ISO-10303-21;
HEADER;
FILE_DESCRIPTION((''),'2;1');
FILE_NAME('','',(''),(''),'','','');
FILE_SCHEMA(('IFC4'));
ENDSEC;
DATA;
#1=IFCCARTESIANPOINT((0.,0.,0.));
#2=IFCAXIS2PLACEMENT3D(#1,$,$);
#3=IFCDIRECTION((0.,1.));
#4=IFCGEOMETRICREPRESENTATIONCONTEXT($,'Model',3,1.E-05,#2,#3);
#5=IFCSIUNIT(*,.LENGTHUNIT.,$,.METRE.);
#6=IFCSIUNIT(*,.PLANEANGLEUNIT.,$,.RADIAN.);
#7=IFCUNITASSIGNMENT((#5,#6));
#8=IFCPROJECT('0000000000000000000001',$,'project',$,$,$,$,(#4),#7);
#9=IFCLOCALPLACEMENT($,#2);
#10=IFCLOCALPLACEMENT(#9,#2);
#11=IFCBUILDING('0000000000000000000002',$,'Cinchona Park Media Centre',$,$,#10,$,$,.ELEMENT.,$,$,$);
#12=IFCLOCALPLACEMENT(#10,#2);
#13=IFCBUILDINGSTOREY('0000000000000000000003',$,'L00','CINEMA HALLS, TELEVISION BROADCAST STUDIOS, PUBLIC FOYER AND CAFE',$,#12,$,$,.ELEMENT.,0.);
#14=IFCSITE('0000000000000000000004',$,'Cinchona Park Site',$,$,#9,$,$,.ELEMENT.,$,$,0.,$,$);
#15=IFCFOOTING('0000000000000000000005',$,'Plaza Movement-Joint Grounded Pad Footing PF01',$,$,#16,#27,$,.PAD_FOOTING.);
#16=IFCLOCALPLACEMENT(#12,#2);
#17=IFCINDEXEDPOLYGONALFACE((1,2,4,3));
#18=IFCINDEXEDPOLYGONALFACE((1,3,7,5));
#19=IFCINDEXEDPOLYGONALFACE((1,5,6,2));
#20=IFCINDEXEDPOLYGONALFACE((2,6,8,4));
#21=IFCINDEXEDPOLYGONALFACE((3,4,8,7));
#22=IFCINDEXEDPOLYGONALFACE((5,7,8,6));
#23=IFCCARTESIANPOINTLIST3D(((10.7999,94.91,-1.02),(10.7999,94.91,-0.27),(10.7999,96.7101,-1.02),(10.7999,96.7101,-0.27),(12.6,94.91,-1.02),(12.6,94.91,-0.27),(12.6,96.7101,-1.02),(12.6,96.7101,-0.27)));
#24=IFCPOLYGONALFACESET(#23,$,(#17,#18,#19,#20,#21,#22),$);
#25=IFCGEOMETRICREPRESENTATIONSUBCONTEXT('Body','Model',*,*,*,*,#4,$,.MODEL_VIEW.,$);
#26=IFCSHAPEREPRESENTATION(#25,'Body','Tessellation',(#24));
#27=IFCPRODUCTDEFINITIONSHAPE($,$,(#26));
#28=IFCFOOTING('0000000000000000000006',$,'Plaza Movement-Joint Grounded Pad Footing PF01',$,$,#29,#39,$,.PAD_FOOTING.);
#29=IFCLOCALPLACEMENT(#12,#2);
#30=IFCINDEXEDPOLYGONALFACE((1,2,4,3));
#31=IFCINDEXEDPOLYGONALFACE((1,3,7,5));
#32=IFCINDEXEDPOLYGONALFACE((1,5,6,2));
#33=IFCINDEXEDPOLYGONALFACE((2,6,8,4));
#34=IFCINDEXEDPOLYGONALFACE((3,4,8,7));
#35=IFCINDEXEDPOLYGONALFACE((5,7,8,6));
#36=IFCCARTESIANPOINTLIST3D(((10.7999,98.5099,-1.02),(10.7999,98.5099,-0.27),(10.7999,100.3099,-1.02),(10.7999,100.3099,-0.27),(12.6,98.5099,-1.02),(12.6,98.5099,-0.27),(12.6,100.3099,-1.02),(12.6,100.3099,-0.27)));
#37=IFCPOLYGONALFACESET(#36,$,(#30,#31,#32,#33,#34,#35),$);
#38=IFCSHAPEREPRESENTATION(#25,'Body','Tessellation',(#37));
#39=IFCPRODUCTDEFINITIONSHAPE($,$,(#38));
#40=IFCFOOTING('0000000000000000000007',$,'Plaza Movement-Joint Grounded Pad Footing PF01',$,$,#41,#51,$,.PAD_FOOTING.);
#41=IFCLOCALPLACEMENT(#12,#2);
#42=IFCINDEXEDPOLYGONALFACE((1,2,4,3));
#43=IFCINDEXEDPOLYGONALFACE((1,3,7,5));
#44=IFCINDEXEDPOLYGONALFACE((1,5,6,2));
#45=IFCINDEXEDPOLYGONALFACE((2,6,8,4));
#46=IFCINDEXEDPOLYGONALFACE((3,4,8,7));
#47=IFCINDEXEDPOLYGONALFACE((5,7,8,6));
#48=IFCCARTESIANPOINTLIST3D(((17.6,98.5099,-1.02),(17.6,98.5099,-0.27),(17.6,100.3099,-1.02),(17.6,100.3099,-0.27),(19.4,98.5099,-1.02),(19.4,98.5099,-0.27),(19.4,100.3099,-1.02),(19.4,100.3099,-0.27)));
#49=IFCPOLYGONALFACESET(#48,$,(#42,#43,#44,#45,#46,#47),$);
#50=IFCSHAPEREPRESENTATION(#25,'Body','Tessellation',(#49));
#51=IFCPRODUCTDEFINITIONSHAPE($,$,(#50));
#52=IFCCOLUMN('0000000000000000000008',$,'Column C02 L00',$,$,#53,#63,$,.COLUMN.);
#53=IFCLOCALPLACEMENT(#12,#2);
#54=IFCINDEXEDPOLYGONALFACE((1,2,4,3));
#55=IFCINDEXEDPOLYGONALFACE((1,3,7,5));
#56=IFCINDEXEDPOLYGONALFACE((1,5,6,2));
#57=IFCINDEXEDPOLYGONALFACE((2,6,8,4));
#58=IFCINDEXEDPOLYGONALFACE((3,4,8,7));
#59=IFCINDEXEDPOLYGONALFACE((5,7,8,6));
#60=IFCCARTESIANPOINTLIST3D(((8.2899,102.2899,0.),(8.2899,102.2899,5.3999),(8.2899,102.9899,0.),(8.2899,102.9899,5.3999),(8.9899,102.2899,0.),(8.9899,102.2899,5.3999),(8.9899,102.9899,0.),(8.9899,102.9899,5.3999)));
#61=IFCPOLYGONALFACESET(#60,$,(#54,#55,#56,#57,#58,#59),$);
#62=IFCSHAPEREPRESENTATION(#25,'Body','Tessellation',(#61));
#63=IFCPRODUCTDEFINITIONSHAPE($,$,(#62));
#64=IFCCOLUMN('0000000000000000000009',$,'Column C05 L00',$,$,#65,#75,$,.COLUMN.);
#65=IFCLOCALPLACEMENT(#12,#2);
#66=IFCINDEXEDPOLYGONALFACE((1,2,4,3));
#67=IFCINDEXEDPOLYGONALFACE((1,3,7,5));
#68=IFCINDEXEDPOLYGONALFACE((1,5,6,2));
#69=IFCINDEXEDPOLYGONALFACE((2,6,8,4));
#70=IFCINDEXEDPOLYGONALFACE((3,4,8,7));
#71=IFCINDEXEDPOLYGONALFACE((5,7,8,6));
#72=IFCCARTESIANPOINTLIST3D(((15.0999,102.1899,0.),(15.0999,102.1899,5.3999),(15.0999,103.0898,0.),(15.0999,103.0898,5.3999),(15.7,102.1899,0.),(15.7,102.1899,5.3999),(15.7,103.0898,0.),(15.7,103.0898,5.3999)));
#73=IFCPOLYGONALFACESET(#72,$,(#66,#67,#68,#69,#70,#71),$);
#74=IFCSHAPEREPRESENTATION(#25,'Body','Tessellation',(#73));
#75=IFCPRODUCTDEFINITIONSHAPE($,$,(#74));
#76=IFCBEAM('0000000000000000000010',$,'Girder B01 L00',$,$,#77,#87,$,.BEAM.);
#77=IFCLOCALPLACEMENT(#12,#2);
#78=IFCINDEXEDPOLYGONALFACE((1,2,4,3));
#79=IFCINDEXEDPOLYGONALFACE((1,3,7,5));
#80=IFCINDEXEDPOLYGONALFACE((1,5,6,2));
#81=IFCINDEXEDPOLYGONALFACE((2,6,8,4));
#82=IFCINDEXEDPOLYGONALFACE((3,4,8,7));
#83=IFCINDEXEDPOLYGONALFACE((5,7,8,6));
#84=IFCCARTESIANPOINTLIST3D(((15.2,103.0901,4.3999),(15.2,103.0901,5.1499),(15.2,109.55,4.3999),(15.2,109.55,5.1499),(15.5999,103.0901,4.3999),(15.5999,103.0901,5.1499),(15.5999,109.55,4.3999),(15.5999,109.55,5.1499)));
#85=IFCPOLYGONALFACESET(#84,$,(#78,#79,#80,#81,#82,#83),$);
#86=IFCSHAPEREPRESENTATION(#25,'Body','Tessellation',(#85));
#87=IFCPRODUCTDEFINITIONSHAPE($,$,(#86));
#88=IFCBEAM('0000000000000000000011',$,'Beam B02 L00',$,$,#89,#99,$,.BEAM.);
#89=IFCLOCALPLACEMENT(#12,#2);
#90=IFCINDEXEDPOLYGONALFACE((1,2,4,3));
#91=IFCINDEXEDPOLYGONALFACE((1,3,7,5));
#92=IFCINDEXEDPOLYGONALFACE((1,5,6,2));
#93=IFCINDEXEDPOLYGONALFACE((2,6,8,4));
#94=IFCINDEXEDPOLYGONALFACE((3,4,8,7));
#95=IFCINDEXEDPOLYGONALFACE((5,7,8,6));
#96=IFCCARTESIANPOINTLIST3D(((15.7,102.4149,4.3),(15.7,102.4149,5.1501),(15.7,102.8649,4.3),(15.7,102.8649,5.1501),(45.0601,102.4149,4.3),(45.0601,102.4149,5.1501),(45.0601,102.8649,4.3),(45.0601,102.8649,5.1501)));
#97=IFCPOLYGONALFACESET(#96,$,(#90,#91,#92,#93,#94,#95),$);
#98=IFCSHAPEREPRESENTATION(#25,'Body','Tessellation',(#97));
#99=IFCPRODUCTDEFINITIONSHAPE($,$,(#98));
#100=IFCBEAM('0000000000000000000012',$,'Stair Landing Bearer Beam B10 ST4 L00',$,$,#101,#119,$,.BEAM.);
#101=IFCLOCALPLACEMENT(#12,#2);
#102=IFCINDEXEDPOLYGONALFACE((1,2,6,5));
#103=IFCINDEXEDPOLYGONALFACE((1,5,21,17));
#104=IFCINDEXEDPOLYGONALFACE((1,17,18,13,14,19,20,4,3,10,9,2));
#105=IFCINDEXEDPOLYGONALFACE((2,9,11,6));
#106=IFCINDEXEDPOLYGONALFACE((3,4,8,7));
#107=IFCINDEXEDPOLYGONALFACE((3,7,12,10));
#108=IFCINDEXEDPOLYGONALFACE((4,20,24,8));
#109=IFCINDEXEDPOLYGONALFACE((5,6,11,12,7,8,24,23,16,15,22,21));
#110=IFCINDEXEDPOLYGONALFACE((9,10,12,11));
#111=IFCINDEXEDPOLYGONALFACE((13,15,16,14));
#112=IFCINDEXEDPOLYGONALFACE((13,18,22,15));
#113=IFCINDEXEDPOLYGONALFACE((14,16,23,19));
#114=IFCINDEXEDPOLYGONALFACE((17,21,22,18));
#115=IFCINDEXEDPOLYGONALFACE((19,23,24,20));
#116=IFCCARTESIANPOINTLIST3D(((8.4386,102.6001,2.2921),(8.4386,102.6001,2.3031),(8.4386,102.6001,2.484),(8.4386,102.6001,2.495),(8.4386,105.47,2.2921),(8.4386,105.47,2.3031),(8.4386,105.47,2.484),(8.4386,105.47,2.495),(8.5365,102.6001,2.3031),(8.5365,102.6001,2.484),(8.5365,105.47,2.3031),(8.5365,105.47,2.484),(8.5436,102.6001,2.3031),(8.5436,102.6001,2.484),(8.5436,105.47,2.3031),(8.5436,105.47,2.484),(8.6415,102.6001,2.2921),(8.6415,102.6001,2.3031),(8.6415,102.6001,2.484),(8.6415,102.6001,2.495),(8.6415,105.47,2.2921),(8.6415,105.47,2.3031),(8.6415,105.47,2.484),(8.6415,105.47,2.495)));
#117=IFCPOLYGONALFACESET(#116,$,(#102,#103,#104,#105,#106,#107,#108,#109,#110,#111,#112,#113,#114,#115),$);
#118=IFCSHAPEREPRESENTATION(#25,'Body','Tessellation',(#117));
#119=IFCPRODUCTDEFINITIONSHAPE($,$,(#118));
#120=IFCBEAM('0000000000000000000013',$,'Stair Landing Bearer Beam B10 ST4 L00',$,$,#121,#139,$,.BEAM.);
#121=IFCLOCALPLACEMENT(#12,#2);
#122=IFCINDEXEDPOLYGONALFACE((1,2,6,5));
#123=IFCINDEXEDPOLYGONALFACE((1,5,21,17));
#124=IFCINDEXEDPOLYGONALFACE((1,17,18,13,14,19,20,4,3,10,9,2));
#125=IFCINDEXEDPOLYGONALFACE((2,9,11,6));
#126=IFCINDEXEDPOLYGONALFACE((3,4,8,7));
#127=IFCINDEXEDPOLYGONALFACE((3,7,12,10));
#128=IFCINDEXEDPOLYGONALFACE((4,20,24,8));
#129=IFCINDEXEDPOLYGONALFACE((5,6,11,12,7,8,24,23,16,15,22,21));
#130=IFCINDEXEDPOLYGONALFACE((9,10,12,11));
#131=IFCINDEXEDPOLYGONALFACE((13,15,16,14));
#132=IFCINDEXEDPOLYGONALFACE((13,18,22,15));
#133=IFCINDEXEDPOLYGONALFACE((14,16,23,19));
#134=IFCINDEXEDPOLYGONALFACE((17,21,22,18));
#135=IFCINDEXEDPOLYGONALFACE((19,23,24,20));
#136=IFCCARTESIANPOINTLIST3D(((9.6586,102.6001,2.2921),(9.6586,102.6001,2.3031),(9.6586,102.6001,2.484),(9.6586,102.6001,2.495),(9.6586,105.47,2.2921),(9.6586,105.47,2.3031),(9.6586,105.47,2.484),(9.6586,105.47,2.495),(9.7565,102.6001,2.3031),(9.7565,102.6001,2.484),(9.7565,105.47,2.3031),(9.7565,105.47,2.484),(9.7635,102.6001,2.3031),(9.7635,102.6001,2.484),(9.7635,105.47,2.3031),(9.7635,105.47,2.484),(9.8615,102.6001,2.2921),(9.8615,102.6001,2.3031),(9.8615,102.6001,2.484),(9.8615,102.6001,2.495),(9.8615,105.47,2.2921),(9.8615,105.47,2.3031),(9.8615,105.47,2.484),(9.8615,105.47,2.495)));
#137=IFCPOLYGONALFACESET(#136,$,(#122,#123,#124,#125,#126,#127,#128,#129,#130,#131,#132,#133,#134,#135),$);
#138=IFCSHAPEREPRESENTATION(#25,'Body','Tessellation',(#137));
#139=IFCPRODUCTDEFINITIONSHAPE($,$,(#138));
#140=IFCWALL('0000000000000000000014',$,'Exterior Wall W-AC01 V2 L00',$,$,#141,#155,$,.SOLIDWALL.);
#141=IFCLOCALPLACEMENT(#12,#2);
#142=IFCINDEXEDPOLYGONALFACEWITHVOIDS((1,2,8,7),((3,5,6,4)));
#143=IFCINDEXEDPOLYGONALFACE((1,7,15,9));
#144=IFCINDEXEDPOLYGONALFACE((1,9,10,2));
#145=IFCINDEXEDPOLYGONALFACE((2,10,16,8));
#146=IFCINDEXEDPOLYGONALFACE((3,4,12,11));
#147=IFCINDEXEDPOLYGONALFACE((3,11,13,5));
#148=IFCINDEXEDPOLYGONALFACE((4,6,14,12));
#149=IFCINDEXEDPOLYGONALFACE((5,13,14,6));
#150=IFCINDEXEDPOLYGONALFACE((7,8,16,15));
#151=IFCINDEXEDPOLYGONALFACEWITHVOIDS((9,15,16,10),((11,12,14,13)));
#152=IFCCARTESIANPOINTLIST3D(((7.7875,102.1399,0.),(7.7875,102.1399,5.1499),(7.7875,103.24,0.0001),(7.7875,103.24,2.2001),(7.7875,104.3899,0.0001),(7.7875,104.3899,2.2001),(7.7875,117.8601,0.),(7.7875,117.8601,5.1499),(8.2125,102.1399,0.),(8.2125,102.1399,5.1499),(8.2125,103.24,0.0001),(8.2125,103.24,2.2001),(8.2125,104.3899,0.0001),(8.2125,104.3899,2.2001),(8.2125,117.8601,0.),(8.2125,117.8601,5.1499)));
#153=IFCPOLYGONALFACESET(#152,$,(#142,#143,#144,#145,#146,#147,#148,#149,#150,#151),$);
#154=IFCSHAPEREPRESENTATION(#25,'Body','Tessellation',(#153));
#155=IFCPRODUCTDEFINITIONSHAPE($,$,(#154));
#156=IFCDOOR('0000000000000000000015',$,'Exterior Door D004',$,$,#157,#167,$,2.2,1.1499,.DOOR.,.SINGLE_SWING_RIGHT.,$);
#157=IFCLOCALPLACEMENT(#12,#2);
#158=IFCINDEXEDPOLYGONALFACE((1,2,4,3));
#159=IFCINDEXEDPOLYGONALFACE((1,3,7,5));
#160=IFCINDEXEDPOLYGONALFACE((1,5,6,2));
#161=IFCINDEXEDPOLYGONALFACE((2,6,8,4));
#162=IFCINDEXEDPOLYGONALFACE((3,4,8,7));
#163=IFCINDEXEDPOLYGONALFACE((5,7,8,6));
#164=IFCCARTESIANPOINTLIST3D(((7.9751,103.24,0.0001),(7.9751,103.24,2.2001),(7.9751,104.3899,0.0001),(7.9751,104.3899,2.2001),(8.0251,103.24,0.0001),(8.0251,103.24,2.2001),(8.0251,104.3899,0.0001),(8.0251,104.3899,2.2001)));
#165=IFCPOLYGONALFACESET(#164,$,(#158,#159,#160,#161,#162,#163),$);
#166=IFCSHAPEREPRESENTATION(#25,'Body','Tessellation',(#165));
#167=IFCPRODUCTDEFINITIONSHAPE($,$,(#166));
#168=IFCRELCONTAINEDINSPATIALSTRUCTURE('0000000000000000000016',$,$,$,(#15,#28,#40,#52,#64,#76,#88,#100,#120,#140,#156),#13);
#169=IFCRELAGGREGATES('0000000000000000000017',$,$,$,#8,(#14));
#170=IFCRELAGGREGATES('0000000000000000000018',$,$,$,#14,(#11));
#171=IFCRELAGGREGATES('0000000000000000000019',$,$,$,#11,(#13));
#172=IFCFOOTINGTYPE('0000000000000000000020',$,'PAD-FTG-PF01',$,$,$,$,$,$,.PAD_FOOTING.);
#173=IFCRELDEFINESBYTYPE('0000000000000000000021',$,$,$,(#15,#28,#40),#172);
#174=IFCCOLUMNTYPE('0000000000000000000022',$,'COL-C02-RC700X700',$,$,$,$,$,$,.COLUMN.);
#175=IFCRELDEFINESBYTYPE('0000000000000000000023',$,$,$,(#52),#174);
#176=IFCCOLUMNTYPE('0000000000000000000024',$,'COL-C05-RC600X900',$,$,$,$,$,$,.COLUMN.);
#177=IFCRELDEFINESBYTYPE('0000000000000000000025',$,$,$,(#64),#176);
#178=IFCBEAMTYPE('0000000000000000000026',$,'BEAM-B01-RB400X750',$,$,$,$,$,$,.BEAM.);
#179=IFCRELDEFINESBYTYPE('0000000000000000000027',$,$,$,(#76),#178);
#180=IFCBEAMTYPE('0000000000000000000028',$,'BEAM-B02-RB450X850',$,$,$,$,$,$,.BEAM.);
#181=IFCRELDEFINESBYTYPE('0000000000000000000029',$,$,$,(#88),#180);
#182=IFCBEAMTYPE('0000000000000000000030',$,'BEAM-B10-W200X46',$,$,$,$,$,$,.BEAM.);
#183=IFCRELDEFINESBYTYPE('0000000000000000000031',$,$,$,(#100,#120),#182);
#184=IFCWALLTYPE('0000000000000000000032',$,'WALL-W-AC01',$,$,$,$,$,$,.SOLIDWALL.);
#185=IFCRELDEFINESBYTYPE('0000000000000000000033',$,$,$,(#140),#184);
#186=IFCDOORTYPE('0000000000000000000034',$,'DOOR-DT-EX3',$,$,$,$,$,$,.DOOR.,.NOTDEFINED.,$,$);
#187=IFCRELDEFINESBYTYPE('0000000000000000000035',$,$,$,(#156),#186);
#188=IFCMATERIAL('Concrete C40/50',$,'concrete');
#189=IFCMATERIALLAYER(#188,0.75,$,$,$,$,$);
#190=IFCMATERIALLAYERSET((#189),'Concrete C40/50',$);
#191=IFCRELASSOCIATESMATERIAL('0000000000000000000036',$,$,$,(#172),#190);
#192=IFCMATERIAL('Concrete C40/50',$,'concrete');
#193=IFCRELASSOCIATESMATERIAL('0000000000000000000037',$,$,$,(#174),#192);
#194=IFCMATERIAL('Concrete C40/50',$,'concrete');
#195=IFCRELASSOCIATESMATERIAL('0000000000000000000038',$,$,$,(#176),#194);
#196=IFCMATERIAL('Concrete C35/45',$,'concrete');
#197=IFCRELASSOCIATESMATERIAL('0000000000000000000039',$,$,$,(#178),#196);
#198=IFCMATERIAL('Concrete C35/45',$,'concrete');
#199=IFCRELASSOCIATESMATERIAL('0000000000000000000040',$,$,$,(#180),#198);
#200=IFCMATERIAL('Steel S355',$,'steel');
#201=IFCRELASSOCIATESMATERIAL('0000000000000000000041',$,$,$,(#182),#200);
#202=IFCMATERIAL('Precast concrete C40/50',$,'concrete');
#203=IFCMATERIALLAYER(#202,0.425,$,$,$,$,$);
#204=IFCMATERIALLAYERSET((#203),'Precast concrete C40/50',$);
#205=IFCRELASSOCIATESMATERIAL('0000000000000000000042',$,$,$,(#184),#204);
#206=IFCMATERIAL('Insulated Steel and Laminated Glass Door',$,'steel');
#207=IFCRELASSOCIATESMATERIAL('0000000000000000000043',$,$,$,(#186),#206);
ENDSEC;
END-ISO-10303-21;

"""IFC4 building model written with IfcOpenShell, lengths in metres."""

from ifc_helpers import new_model, si_unit, direction, frame, frame_2d, origin, origin_2d, place, context, subcontext, project, spatial, rectangle, i_section, extrude, material, layer, layer_set, material_profile, profile_set, type_object, element, fill, save


model = new_model("IFC4")

# Units and contexts
model_context = context("Model", 3, precision=1e-05, world=origin(), true_north=direction((0.0, 1.0)))
body_context = subcontext(model_context, "Body", "Model", "MODEL_VIEW")
ifc_project = project(units=[si_unit("LENGTHUNIT", "METRE"), si_unit("PLANEANGLEUNIT", "RADIAN")], contexts=[model_context])

# Site, building, storey
site_placement = place(None, origin())
site = spatial("IfcSite", under=ifc_project, at=site_placement, Name="Cinchona Park Site", CompositionType="ELEMENT", RefElevation=0.0)
building_placement = place(site_placement, origin())
building = spatial("IfcBuilding", under=site, at=building_placement, Name="Cinchona Park Media Centre", CompositionType="ELEMENT")
storey_placement = place(building_placement, origin())
storey = spatial("IfcBuildingStorey", under=building, at=storey_placement, Name="L00", Description="CINEMA HALLS, TELEVISION BROADCAST STUDIOS, PUBLIC FOYER AND CAFE", CompositionType="ELEMENT", Elevation=0.0)

# Footings
ifc_material_1 = material(Name="Concrete C40/50", Category="concrete")
ifc_layer_1 = layer(ifc_material_1, 0.75)
ifc_layer_set_1 = layer_set([ifc_layer_1], Name="Concrete C40/50")
footing_type = type_object("IfcFootingType", Name="PAD-FTG-PF01", PredefinedType="PAD_FOOTING", material=ifc_layer_set_1)
for number, where, z_axis, x_axis, name in (
    (1, (11.7, 95.8101, -1.02), (0.0, 0.0, 1.0), (1.0, 0.0, 0.0), "Plaza Movement-Joint Grounded Pad Footing PF01"),
    (2, (11.7, 99.4099, -1.02), (0.0, 0.0, 1.0), (1.0, 0.0, 0.0), "Plaza Movement-Joint Grounded Pad Footing PF01"),
    (3, (18.5, 99.4099, -1.02), (0.0, 0.0, 1.0), (1.0, 0.0, 0.0), "Plaza Movement-Joint Grounded Pad Footing PF01"),
):
    element("IfcFooting", number, at=place(storey_placement, frame(where, z_axis=z_axis, x_axis=x_axis)), inside=storey, type_object=footing_type, Name=name, PredefinedType="PAD_FOOTING", context=body_context, shape_type="SweptSolid", body=[
        extrude(rectangle(XDim=1.8, YDim=1.8, at=origin_2d()), origin(), (0.0, 0.0, 1.0), 0.75),
    ])

# Columns
ifc_material_2 = material(Name="Concrete C40/50", Category="concrete")
ifc_material_profile_1 = material_profile(ifc_material_2, rectangle(XDim=0.7, YDim=0.7, at=origin_2d()), Name="RC 700X700")
ifc_profile_set_1 = profile_set([ifc_material_profile_1], Name="Concrete C40/50")
column_type_1 = type_object("IfcColumnType", Name="COL-C02-RC700X700", PredefinedType="COLUMN", material=ifc_profile_set_1)
column_1_placement = place(storey_placement, frame((8.6399, 102.6399, 0.0), z_axis=(0.0, 0.0, 1.0), x_axis=(1.0, 0.0, 0.0)))
element("IfcColumn", 4, at=column_1_placement, inside=storey, type_object=column_type_1, Name="Column C02 L00", PredefinedType="COLUMN", context=body_context, shape_type="SweptSolid", body=[
    extrude(rectangle(XDim=0.7, YDim=0.7, at=origin_2d()), origin(), (0.0, 0.0, 1.0), 5.3999),
])
ifc_material_3 = material(Name="Concrete C40/50", Category="concrete")
ifc_material_profile_2 = material_profile(ifc_material_3, rectangle(XDim=0.6001, YDim=0.8999, at=origin_2d()), Name="RC 600X900")
ifc_profile_set_2 = profile_set([ifc_material_profile_2], Name="Concrete C40/50")
column_type_2 = type_object("IfcColumnType", Name="COL-C05-RC600X900", PredefinedType="COLUMN", material=ifc_profile_set_2)
column_2_placement = place(storey_placement, frame((15.3999, 102.6399, 0.0), z_axis=(0.0, 0.0, 1.0), x_axis=(1.0, 0.0, 0.0)))
element("IfcColumn", 5, at=column_2_placement, inside=storey, type_object=column_type_2, Name="Column C05 L00", PredefinedType="COLUMN", context=body_context, shape_type="SweptSolid", body=[
    extrude(rectangle(XDim=0.6001, YDim=0.8999, at=origin_2d()), origin(), (0.0, 0.0, 1.0), 5.3999),
])

# Beams
ifc_material_4 = material(Name="Concrete C35/45", Category="concrete")
ifc_material_profile_3 = material_profile(ifc_material_4, rectangle(XDim=0.3999, YDim=0.75, at=origin_2d()), Name="RB 400X750")
ifc_profile_set_3 = profile_set([ifc_material_profile_3], Name="Concrete C35/45")
beam_type_1 = type_object("IfcBeamType", Name="BEAM-B01-RB400X750", PredefinedType="BEAM", material=ifc_profile_set_3)
beam_1_placement = place(storey_placement, frame((15.3999, 103.0901, 4.7749), z_axis=(0.0, 1.0, 0.0), x_axis=(-1.0, 0.0, 0.0)))
element("IfcBeam", 6, at=beam_1_placement, inside=storey, type_object=beam_type_1, Name="Girder B01 L00", PredefinedType="BEAM", context=body_context, shape_type="SweptSolid", body=[
    extrude(rectangle(XDim=0.3999, YDim=0.75, at=origin_2d()), origin(), (0.0, 0.0, 1.0), 6.46),
])
ifc_material_5 = material(Name="Concrete C35/45", Category="concrete")
ifc_material_profile_4 = material_profile(ifc_material_5, rectangle(XDim=0.45, YDim=0.8501, at=origin_2d()), Name="RB 450X850")
ifc_profile_set_4 = profile_set([ifc_material_profile_4], Name="Concrete C35/45")
beam_type_2 = type_object("IfcBeamType", Name="BEAM-B02-RB450X850", PredefinedType="BEAM", material=ifc_profile_set_4)
beam_2_placement = place(storey_placement, frame((15.7, 102.6399, 4.7251), z_axis=(1.0, 0.0, 0.0), x_axis=(0.0, 1.0, 0.0)))
element("IfcBeam", 7, at=beam_2_placement, inside=storey, type_object=beam_type_2, Name="Beam B02 L00", PredefinedType="BEAM", context=body_context, shape_type="SweptSolid", body=[
    extrude(rectangle(XDim=0.45, YDim=0.8501, at=origin_2d()), origin(), (0.0, 0.0, 1.0), 29.3601),
])
ifc_material_6 = material(Name="Steel S355", Category="steel")
ifc_material_profile_5 = material_profile(ifc_material_6, i_section(OverallWidth=0.2029, OverallDepth=0.2029, WebThickness=0.0071, FlangeThickness=0.011, at=origin_2d()), Name="W200X46")
ifc_profile_set_5 = profile_set([ifc_material_profile_5], Name="Steel S355")
beam_type_3 = type_object("IfcBeamType", Name="BEAM-B10-W200X46", PredefinedType="BEAM", material=ifc_profile_set_5)
for number, where, z_axis, x_axis, name in (
    (8, (8.54, 105.47, 2.3936), (0.0, -1.0, 0.0), (1.0, 0.0, 0.0), "Stair Landing Bearer Beam B10 ST4 L00"),
    (9, (9.76, 105.47, 2.3936), (0.0, -1.0, 0.0), (1.0, 0.0, 0.0), "Stair Landing Bearer Beam B10 ST4 L00"),
):
    element("IfcBeam", number, at=place(storey_placement, frame(where, z_axis=z_axis, x_axis=x_axis)), inside=storey, type_object=beam_type_3, Name=name, PredefinedType="BEAM", context=body_context, shape_type="SweptSolid", body=[
        extrude(i_section(OverallWidth=0.2029, OverallDepth=0.2029, WebThickness=0.0071, FlangeThickness=0.011, at=origin_2d()), origin(), (0.0, 0.0, 1.0), 2.8699),
    ])

# Wall, opening, door
ifc_material_7 = material(Name="Precast concrete C40/50", Category="concrete")
ifc_layer_2 = layer(ifc_material_7, 0.425)
ifc_layer_set_2 = layer_set([ifc_layer_2], Name="Precast concrete C40/50")
wall_type_1 = type_object("IfcWallType", Name="WALL-W-AC01", PredefinedType="SOLIDWALL", material=ifc_layer_set_2)
wall_1_placement = place(storey_placement, frame((8.0, 102.1399, 0.0), z_axis=(0.0, 0.0, 1.0), x_axis=(0.0, 1.0, 0.0)))
wall_1 = element("IfcWall", 10, at=wall_1_placement, inside=storey, type_object=wall_type_1, Name="Exterior Wall W-AC01 V2 L00", PredefinedType="SOLIDWALL", context=body_context, shape_type="SweptSolid", body=[
    extrude(rectangle(XDim=15.7202, YDim=0.425, at=frame_2d((7.8601, 0.0))), origin(), (0.0, 0.0, 1.0), 5.1499),
])
opening_1_placement = place(wall_1_placement, frame((1.1001, 0.0, 0.0)))
opening_1 = element("IfcOpeningElement", 11, at=opening_1_placement, cuts=wall_1, PredefinedType="OPENING", context=body_context, shape_type="SweptSolid", body=[
    extrude(rectangle(XDim=1.1499, YDim=2.2, at=frame_2d((0.575, 1.1001))), frame((0.0, 0.2224, 0.0), z_axis=(0.0, -1.0, 0.0), x_axis=(1.0, 0.0, 0.0)), (0.0, 0.0, 1.0), 0.4451),
])
ifc_material_8 = material(Name="Insulated Steel and Laminated Glass Door", Category="steel")
door_type_1 = type_object("IfcDoorType", Name="DOOR-DT-EX3", OperationType="NOTDEFINED", PredefinedType="DOOR", material=ifc_material_8)
door_1_placement = place(opening_1_placement, origin())
door_1 = element("IfcDoor", 12, at=door_1_placement, inside=storey, type_object=door_type_1, Name="Exterior Door D004", OperationType="SINGLE_SWING_RIGHT", OverallHeight=2.2, OverallWidth=1.1499, PredefinedType="DOOR", context=body_context, shape_type="SweptSolid", body=[
    extrude(rectangle(XDim=1.1499, YDim=2.2, at=frame_2d((0.575, 1.1001))), frame((0.0, 0.0249, 0.0), z_axis=(0.0, -1.0, 0.0), x_axis=(1.0, 0.0, 0.0)), (0.0, 0.0, 1.0), 0.05),
])
fill(opening_1, door_1)

save(model, "model.ifc")
